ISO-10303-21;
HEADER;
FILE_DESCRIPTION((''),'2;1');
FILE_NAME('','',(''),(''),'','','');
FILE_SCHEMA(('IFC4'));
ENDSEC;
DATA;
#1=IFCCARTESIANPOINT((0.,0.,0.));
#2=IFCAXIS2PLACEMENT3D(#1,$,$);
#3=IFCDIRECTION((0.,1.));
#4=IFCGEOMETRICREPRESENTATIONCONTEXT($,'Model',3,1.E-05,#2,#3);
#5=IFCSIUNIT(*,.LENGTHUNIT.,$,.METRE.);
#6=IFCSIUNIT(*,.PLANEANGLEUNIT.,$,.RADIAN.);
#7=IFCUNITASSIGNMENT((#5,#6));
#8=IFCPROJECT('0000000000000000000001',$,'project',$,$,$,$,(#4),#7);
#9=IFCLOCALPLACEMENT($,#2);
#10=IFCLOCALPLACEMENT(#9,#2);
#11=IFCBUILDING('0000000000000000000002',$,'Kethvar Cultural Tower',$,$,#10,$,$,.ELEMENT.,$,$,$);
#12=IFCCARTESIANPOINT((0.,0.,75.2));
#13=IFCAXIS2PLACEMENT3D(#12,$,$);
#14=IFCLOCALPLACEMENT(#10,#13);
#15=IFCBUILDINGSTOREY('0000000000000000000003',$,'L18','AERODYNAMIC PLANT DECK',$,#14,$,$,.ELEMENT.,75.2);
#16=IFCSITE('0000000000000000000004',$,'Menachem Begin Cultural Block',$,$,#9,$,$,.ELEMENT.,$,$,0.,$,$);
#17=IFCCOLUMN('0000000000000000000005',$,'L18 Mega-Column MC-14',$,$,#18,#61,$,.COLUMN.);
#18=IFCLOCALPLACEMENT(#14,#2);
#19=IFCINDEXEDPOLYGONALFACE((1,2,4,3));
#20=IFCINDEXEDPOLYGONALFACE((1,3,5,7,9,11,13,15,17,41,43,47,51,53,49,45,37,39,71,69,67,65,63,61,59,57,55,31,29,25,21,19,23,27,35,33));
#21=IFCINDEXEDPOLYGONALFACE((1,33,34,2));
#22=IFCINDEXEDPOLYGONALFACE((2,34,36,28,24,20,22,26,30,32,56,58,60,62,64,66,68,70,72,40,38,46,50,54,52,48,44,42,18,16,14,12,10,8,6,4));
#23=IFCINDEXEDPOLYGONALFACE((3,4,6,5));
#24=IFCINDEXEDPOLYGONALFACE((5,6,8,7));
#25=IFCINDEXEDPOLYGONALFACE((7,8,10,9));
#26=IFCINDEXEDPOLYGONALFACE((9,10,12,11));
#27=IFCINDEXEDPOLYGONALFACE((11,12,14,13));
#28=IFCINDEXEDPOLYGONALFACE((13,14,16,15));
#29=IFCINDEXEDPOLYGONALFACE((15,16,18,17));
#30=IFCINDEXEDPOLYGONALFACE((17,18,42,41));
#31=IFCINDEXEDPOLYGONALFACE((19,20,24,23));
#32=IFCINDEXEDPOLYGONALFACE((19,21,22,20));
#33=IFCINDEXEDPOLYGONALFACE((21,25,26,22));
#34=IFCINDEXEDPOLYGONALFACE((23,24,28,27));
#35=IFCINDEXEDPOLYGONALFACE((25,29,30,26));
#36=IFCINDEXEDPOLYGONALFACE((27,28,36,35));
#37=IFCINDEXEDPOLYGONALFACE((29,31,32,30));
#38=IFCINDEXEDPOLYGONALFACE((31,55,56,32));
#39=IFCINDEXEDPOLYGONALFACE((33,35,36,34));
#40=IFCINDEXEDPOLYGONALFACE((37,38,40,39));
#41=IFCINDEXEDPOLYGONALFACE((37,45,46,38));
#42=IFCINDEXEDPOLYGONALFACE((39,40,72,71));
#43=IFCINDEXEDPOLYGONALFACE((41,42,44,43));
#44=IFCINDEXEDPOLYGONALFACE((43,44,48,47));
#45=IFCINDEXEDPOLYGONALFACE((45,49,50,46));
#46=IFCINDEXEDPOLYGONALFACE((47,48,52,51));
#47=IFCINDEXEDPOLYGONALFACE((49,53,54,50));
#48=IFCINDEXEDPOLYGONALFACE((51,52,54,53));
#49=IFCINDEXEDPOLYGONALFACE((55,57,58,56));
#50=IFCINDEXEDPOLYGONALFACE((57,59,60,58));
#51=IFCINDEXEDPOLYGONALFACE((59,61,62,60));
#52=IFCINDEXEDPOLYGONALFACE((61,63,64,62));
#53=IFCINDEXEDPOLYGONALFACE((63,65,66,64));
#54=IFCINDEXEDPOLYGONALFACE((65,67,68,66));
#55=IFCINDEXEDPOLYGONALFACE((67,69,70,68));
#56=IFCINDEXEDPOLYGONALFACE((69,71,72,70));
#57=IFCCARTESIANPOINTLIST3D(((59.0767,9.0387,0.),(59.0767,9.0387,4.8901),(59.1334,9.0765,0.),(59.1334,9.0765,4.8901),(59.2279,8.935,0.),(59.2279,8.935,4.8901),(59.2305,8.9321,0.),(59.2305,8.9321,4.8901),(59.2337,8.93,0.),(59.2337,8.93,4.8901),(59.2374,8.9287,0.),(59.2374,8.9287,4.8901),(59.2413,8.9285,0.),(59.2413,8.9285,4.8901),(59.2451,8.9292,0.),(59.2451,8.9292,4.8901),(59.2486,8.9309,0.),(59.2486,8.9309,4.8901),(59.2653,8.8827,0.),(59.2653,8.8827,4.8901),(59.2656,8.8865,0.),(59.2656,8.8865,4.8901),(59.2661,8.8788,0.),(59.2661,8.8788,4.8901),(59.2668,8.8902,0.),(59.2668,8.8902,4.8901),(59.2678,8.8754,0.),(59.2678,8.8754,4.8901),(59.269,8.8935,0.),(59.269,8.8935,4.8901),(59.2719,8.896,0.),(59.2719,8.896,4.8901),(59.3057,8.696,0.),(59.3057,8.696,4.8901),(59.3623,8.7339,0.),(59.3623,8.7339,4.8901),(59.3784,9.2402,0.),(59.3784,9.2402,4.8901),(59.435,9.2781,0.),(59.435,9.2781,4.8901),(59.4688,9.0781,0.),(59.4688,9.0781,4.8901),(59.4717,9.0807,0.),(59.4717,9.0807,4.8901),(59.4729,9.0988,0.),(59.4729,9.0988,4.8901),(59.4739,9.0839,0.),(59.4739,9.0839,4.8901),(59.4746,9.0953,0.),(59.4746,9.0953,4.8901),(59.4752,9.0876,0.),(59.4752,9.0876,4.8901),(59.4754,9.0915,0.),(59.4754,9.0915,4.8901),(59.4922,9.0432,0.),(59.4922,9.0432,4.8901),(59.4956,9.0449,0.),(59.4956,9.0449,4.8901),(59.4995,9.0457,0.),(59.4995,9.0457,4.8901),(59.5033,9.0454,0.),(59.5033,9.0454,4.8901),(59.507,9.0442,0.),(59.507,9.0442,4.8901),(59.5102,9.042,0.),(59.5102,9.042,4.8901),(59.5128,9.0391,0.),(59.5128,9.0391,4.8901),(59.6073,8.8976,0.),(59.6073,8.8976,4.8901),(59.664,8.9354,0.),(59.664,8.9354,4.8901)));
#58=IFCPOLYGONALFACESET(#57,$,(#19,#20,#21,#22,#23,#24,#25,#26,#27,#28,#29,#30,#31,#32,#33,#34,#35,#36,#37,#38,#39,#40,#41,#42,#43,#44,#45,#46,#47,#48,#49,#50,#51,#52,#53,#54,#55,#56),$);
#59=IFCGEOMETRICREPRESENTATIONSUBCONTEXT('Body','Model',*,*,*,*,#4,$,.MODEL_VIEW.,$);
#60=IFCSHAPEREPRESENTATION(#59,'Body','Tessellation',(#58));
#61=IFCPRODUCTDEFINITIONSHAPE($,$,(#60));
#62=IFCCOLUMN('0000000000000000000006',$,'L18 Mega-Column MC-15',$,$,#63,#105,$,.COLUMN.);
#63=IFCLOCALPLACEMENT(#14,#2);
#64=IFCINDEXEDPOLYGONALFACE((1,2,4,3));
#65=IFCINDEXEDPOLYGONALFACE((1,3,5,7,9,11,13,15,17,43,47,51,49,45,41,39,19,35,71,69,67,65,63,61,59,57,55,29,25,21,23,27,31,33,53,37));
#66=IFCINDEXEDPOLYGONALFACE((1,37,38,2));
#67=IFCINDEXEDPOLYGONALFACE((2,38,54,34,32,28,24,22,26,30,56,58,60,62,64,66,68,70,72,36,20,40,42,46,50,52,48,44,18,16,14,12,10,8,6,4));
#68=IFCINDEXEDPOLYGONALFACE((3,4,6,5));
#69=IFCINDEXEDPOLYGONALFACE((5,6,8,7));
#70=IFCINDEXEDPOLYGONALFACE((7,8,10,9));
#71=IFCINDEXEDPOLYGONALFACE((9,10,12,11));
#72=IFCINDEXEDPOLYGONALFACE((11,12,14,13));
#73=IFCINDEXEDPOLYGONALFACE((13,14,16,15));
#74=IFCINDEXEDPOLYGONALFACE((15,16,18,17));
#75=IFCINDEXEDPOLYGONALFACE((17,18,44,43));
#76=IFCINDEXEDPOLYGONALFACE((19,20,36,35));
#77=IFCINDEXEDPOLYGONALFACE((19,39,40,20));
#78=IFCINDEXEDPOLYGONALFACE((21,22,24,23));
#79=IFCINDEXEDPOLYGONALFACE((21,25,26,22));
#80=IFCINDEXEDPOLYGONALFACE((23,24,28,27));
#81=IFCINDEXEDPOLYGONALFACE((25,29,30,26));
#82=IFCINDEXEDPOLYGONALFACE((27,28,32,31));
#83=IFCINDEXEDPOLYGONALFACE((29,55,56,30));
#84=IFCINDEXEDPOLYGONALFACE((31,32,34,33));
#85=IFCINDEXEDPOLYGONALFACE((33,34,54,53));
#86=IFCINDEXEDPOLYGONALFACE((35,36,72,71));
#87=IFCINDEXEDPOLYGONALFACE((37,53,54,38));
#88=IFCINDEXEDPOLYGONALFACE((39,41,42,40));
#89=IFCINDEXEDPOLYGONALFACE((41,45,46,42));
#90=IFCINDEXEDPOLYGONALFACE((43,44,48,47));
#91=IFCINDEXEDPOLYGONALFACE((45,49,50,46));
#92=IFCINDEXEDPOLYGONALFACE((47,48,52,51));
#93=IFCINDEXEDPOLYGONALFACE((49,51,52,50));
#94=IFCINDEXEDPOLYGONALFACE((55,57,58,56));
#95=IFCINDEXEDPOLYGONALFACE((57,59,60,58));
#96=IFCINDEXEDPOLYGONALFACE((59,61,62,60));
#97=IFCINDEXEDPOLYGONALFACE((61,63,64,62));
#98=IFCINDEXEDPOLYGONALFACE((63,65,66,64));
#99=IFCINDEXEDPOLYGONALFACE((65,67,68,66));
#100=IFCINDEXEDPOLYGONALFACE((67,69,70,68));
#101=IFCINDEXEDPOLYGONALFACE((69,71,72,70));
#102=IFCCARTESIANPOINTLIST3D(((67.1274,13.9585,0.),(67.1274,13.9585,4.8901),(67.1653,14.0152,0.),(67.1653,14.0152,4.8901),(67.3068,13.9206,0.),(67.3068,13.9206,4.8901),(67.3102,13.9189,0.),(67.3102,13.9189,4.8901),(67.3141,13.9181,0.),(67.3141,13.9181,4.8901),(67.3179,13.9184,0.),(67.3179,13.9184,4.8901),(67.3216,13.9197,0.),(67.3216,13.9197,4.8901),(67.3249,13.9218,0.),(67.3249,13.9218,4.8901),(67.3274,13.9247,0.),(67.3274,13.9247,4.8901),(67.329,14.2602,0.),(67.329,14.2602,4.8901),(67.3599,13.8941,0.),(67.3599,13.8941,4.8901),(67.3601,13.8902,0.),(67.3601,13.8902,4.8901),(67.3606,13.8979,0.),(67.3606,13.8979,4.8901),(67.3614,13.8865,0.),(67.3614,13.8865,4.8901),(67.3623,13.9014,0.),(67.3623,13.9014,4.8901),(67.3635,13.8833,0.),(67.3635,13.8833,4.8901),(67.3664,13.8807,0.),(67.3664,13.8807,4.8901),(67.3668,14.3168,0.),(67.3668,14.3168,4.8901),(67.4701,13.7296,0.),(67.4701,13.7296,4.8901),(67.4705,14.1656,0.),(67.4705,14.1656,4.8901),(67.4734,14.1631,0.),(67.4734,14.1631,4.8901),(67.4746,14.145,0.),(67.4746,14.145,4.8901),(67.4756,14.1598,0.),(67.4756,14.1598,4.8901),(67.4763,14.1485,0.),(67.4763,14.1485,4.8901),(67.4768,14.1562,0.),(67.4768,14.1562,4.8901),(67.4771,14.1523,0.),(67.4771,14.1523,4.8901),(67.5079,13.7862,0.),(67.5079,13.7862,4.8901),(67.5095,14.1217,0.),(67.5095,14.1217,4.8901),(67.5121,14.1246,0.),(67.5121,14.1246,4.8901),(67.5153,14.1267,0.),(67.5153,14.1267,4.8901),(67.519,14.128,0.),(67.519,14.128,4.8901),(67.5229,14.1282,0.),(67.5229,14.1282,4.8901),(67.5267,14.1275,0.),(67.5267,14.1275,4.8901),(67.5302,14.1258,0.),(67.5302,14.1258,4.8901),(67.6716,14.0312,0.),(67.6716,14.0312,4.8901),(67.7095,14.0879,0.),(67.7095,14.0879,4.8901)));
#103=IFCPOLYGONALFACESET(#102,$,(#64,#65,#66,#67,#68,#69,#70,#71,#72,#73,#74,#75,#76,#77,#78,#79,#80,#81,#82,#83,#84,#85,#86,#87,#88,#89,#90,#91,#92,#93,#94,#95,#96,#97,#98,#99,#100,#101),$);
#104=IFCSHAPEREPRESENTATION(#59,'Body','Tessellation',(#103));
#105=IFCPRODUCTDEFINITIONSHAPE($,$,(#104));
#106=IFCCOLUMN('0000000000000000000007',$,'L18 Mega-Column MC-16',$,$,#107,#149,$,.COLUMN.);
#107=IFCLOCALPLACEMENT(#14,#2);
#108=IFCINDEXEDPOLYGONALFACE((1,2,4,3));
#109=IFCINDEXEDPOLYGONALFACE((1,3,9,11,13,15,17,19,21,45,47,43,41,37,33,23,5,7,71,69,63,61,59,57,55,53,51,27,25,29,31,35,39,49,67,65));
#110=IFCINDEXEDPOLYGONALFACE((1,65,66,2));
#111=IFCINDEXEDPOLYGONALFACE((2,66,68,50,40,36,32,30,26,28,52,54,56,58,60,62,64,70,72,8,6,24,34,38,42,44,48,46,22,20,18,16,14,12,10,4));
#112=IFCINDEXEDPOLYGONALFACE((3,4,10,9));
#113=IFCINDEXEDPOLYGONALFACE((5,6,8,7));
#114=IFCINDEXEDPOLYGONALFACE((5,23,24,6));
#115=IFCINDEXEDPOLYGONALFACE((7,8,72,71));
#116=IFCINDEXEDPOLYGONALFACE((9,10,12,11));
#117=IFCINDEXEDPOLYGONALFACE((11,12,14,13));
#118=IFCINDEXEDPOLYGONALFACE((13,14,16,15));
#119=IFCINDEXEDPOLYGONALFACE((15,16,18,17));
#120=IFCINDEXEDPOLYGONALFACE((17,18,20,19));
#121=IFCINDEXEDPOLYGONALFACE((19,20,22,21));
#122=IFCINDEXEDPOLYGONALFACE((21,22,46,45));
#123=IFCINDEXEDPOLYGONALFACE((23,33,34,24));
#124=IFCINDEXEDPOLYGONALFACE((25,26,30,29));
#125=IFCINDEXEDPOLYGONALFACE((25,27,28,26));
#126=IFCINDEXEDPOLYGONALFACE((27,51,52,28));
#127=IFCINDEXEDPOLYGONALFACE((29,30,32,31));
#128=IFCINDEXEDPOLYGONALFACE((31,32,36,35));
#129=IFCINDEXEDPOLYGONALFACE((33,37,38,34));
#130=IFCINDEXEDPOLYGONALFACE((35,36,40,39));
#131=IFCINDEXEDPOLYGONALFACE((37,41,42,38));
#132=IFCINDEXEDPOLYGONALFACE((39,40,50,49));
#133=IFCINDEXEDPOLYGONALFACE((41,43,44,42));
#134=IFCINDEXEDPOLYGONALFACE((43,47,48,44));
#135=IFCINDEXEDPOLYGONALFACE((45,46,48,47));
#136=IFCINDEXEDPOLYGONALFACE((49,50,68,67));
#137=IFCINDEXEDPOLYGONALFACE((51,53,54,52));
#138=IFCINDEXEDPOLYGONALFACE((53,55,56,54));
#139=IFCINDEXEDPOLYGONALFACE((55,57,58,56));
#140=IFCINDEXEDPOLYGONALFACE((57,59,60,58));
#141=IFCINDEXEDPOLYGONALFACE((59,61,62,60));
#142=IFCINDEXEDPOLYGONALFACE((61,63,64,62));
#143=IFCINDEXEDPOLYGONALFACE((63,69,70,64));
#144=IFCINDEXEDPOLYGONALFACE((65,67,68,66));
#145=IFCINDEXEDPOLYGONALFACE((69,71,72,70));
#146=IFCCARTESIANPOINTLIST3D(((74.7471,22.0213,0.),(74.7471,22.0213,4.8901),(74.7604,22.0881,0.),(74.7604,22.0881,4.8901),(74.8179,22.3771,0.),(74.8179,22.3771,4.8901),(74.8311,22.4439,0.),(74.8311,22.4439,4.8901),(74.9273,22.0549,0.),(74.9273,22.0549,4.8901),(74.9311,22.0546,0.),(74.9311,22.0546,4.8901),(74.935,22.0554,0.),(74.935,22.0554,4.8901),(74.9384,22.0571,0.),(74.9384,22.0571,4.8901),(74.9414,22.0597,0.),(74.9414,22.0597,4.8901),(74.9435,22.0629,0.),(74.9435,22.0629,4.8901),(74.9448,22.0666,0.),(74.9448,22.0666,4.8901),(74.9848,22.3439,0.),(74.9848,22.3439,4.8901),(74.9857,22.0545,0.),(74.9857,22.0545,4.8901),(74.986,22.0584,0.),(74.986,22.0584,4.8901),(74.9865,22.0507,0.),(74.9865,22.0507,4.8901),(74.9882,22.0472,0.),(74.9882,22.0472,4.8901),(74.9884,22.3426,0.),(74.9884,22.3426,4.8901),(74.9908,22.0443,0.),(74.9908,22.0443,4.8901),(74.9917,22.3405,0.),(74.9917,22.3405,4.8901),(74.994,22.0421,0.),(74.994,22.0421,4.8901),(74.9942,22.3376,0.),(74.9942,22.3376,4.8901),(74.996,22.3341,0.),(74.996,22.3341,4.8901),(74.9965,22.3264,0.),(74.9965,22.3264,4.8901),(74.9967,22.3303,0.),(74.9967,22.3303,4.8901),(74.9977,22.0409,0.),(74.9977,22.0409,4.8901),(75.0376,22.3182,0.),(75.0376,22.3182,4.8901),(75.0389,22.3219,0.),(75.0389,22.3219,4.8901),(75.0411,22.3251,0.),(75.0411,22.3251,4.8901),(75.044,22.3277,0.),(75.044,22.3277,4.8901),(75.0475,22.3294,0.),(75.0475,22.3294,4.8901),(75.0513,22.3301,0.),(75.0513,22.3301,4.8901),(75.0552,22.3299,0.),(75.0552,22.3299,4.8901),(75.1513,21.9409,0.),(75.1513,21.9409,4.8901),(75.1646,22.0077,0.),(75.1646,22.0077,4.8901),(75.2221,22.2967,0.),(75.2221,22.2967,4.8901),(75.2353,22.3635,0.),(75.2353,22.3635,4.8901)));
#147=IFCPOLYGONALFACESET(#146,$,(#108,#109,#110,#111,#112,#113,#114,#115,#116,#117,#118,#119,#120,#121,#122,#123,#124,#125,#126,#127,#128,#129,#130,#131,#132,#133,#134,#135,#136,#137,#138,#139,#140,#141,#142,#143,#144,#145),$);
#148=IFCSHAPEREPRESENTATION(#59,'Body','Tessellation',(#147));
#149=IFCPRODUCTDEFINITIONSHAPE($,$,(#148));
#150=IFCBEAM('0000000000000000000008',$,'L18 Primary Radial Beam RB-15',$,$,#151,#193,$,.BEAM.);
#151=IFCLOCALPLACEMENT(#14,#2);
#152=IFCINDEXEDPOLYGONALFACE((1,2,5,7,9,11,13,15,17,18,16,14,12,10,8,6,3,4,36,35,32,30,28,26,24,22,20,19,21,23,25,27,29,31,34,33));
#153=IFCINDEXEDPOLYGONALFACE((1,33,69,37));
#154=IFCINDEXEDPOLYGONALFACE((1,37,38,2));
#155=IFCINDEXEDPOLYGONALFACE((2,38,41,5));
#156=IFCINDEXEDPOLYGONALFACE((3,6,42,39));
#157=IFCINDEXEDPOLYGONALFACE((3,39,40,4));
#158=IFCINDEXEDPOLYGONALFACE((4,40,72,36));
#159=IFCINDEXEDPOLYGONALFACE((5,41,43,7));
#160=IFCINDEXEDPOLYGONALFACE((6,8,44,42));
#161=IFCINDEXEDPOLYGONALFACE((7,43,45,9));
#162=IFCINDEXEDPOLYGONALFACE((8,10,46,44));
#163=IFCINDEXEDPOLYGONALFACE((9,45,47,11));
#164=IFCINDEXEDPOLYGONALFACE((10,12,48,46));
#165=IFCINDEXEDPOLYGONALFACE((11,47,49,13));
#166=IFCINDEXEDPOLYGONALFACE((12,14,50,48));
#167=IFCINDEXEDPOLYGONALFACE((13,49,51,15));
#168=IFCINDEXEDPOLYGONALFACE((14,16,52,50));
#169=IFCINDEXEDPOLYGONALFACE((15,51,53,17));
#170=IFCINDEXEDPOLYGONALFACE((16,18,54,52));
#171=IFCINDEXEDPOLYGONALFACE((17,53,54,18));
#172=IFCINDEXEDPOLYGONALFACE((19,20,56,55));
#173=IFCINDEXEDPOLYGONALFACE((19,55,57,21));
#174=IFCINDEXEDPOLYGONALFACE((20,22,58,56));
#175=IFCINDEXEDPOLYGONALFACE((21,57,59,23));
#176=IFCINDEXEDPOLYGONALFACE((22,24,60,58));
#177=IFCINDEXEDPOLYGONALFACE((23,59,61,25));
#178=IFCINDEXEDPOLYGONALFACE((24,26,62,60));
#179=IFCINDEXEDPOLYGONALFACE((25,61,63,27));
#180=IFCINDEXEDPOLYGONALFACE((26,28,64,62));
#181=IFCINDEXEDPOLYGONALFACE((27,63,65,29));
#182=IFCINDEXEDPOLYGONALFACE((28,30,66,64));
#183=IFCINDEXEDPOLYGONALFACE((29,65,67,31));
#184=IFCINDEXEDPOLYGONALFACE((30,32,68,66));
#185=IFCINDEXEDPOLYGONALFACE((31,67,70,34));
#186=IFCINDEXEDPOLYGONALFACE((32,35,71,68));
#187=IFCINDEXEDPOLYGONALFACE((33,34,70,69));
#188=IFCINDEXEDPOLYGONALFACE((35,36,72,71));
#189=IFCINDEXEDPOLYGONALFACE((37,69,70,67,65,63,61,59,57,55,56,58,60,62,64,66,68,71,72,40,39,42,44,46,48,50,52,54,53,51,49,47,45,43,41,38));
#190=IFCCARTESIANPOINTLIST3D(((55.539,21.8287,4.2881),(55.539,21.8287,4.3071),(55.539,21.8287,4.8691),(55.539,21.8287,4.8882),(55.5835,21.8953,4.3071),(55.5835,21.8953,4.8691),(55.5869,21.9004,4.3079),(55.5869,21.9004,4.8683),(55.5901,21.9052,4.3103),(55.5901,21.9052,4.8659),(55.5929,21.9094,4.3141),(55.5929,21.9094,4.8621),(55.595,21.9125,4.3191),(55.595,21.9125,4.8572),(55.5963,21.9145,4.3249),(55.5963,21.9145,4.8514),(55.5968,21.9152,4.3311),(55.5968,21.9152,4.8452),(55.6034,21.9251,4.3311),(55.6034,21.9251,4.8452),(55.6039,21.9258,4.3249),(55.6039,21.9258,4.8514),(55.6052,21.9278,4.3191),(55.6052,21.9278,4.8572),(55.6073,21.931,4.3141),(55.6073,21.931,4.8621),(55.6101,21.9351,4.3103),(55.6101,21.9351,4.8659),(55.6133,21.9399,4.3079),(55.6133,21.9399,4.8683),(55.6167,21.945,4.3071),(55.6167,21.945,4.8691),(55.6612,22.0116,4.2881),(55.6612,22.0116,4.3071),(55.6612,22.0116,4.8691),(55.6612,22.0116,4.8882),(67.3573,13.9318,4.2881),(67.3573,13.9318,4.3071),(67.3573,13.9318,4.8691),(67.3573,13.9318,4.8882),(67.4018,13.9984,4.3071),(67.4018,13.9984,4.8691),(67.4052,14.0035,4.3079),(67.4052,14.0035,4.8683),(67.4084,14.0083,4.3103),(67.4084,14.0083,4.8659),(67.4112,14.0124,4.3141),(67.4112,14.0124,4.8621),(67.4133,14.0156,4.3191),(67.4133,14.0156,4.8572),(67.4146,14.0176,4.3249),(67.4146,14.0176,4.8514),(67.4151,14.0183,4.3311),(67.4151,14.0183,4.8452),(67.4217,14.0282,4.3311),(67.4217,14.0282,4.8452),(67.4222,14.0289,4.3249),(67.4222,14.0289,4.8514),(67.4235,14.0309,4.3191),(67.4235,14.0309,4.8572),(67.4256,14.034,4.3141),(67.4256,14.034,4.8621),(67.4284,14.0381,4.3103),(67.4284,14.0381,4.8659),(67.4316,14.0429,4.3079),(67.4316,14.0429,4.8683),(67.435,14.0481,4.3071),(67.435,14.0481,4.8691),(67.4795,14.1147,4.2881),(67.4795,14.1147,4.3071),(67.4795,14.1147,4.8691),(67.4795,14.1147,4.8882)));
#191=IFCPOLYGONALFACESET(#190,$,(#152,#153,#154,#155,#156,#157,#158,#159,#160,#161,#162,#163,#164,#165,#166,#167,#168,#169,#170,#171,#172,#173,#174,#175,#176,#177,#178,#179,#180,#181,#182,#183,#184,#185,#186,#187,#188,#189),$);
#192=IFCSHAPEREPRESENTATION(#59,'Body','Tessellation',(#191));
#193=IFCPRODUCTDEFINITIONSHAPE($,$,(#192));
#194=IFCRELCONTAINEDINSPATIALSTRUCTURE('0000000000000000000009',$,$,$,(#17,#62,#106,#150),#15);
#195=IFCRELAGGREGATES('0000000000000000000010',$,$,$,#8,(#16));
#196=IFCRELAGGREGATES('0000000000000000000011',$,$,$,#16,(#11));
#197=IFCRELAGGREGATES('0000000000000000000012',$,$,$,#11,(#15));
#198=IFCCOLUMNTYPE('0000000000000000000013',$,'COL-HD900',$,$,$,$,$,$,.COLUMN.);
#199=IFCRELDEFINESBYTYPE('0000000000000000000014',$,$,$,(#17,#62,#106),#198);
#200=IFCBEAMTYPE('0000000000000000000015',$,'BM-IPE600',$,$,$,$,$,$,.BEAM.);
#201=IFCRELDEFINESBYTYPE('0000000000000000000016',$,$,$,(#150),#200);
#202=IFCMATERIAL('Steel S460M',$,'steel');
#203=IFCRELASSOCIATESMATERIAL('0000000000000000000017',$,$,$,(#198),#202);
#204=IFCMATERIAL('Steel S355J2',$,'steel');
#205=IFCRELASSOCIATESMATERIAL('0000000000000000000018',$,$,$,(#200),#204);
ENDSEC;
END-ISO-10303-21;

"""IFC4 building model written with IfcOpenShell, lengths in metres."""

from ifc_helpers import new_model, si_unit, direction, frame, origin, origin_2d, place, context, subcontext, project, spatial, i_section, extrude, source, transform, mapped, material, material_profile, profile_set, type_object, element, save


model = new_model("IFC4")

# Units and contexts
model_context = context("Model", 3, precision=1e-05, world=origin(), true_north=direction((0.0, 1.0)))
body_context = subcontext(model_context, "Body", "Model", "MODEL_VIEW")
ifc_project = project(units=[si_unit("LENGTHUNIT", "METRE"), si_unit("PLANEANGLEUNIT", "RADIAN")], contexts=[model_context])

# Site, building, storey
site_placement = place(None, origin())
site = spatial("IfcSite", under=ifc_project, at=site_placement, Name="Menachem Begin Cultural Block", CompositionType="ELEMENT", RefElevation=0.0)
building_placement = place(site_placement, origin())
building = spatial("IfcBuilding", under=site, at=building_placement, Name="Kethvar Cultural Tower", CompositionType="ELEMENT")
storey_placement = place(building_placement, frame((0.0, 0.0, 75.2)))
storey = spatial("IfcBuildingStorey", under=building, at=storey_placement, Name="L18", Description="AERODYNAMIC PLANT DECK", CompositionType="ELEMENT", Elevation=75.2)

# Columns
ifc_material_1 = material(Name="Steel S460M", Category="steel")
ifc_material_profile_1 = material_profile(ifc_material_1, i_section(OverallWidth=0.4121, OverallDepth=0.4309, WebThickness=0.042, FlangeThickness=0.0681, FilletRadius=0.0149, at=origin_2d()), Name="Steel S460M — HD400x900")
ifc_profile_set_1 = profile_set([ifc_material_profile_1], Name="Steel S460M — HD400x900")
column_type = type_object("IfcColumnType", Name="COL-HD900", PredefinedType="COLUMN", material=ifc_profile_set_1)
shared_shape_1 = source(origin(), body_context, "Body", "SweptSolid", [
    extrude(i_section(OverallWidth=0.4121, OverallDepth=0.4309, WebThickness=0.042, FlangeThickness=0.0681, FilletRadius=0.0149, at=origin_2d()), origin(), (0.0, 0.0, 1.0), 4.8901),
])
for number, where, z_axis, x_axis, name in (
    (1, (59.3704, 8.9871, 0.0), (0.0, 0.0, 1.0), (0.55557, -0.83147, 0.0), "L18 Mega-Column MC-14"),
    (2, (67.4185, 14.0232, 0.0), (0.0, 0.0, 1.0), (0.83147, -0.55557, 0.0), "L18 Mega-Column MC-15"),
    (3, (74.9912, 22.1924, 0.0), (0.0, 0.0, 1.0), (0.980785, -0.19509, 0.0), "L18 Mega-Column MC-16"),
):
    element("IfcColumn", number, at=place(storey_placement, frame(where, z_axis=z_axis, x_axis=x_axis)), inside=storey, type_object=column_type, Name=name, PredefinedType="COLUMN", context=body_context, shape_type="MappedRepresentation", body=[
        mapped(shared_shape_1, transform((0.0, 0.0, 0.0), scale=1.0)),
    ])

# Beam
ifc_material_2 = material(Name="Steel S355J2", Category="steel")
ifc_material_profile_2 = material_profile(ifc_material_2, i_section(OverallWidth=0.22, OverallDepth=0.6001, WebThickness=0.012, FlangeThickness=0.019, FilletRadius=0.0239, at=origin_2d()), Name="Steel S355J2 — IPE600")
ifc_profile_set_2 = profile_set([ifc_material_profile_2], Name="Steel S355J2 — IPE600")
beam_type_1 = type_object("IfcBeamType", Name="BM-IPE600", PredefinedType="BEAM", material=ifc_profile_set_2)
shared_shape_2 = source(origin(), body_context, "Body", "SweptSolid", [
    extrude(i_section(OverallWidth=0.22, OverallDepth=0.6001, WebThickness=0.012, FlangeThickness=0.019, FilletRadius=0.0239, at=origin_2d()), origin(), (0.0, 0.0, 1.0), 14.2139),
])
beam_1_placement = place(storey_placement, frame((55.6001, 21.9202, 4.5881), z_axis=(0.831463, -0.55558, 0.0), x_axis=(0.55558, 0.831463, 0.0)))
element("IfcBeam", 4, at=beam_1_placement, inside=storey, type_object=beam_type_1, Name="L18 Primary Radial Beam RB-15", PredefinedType="BEAM", context=body_context, shape_type="MappedRepresentation", body=[
    mapped(shared_shape_2, transform((0.0, 0.0, 0.0), scale=1.0)),
])

save(model, "model.ifc")
